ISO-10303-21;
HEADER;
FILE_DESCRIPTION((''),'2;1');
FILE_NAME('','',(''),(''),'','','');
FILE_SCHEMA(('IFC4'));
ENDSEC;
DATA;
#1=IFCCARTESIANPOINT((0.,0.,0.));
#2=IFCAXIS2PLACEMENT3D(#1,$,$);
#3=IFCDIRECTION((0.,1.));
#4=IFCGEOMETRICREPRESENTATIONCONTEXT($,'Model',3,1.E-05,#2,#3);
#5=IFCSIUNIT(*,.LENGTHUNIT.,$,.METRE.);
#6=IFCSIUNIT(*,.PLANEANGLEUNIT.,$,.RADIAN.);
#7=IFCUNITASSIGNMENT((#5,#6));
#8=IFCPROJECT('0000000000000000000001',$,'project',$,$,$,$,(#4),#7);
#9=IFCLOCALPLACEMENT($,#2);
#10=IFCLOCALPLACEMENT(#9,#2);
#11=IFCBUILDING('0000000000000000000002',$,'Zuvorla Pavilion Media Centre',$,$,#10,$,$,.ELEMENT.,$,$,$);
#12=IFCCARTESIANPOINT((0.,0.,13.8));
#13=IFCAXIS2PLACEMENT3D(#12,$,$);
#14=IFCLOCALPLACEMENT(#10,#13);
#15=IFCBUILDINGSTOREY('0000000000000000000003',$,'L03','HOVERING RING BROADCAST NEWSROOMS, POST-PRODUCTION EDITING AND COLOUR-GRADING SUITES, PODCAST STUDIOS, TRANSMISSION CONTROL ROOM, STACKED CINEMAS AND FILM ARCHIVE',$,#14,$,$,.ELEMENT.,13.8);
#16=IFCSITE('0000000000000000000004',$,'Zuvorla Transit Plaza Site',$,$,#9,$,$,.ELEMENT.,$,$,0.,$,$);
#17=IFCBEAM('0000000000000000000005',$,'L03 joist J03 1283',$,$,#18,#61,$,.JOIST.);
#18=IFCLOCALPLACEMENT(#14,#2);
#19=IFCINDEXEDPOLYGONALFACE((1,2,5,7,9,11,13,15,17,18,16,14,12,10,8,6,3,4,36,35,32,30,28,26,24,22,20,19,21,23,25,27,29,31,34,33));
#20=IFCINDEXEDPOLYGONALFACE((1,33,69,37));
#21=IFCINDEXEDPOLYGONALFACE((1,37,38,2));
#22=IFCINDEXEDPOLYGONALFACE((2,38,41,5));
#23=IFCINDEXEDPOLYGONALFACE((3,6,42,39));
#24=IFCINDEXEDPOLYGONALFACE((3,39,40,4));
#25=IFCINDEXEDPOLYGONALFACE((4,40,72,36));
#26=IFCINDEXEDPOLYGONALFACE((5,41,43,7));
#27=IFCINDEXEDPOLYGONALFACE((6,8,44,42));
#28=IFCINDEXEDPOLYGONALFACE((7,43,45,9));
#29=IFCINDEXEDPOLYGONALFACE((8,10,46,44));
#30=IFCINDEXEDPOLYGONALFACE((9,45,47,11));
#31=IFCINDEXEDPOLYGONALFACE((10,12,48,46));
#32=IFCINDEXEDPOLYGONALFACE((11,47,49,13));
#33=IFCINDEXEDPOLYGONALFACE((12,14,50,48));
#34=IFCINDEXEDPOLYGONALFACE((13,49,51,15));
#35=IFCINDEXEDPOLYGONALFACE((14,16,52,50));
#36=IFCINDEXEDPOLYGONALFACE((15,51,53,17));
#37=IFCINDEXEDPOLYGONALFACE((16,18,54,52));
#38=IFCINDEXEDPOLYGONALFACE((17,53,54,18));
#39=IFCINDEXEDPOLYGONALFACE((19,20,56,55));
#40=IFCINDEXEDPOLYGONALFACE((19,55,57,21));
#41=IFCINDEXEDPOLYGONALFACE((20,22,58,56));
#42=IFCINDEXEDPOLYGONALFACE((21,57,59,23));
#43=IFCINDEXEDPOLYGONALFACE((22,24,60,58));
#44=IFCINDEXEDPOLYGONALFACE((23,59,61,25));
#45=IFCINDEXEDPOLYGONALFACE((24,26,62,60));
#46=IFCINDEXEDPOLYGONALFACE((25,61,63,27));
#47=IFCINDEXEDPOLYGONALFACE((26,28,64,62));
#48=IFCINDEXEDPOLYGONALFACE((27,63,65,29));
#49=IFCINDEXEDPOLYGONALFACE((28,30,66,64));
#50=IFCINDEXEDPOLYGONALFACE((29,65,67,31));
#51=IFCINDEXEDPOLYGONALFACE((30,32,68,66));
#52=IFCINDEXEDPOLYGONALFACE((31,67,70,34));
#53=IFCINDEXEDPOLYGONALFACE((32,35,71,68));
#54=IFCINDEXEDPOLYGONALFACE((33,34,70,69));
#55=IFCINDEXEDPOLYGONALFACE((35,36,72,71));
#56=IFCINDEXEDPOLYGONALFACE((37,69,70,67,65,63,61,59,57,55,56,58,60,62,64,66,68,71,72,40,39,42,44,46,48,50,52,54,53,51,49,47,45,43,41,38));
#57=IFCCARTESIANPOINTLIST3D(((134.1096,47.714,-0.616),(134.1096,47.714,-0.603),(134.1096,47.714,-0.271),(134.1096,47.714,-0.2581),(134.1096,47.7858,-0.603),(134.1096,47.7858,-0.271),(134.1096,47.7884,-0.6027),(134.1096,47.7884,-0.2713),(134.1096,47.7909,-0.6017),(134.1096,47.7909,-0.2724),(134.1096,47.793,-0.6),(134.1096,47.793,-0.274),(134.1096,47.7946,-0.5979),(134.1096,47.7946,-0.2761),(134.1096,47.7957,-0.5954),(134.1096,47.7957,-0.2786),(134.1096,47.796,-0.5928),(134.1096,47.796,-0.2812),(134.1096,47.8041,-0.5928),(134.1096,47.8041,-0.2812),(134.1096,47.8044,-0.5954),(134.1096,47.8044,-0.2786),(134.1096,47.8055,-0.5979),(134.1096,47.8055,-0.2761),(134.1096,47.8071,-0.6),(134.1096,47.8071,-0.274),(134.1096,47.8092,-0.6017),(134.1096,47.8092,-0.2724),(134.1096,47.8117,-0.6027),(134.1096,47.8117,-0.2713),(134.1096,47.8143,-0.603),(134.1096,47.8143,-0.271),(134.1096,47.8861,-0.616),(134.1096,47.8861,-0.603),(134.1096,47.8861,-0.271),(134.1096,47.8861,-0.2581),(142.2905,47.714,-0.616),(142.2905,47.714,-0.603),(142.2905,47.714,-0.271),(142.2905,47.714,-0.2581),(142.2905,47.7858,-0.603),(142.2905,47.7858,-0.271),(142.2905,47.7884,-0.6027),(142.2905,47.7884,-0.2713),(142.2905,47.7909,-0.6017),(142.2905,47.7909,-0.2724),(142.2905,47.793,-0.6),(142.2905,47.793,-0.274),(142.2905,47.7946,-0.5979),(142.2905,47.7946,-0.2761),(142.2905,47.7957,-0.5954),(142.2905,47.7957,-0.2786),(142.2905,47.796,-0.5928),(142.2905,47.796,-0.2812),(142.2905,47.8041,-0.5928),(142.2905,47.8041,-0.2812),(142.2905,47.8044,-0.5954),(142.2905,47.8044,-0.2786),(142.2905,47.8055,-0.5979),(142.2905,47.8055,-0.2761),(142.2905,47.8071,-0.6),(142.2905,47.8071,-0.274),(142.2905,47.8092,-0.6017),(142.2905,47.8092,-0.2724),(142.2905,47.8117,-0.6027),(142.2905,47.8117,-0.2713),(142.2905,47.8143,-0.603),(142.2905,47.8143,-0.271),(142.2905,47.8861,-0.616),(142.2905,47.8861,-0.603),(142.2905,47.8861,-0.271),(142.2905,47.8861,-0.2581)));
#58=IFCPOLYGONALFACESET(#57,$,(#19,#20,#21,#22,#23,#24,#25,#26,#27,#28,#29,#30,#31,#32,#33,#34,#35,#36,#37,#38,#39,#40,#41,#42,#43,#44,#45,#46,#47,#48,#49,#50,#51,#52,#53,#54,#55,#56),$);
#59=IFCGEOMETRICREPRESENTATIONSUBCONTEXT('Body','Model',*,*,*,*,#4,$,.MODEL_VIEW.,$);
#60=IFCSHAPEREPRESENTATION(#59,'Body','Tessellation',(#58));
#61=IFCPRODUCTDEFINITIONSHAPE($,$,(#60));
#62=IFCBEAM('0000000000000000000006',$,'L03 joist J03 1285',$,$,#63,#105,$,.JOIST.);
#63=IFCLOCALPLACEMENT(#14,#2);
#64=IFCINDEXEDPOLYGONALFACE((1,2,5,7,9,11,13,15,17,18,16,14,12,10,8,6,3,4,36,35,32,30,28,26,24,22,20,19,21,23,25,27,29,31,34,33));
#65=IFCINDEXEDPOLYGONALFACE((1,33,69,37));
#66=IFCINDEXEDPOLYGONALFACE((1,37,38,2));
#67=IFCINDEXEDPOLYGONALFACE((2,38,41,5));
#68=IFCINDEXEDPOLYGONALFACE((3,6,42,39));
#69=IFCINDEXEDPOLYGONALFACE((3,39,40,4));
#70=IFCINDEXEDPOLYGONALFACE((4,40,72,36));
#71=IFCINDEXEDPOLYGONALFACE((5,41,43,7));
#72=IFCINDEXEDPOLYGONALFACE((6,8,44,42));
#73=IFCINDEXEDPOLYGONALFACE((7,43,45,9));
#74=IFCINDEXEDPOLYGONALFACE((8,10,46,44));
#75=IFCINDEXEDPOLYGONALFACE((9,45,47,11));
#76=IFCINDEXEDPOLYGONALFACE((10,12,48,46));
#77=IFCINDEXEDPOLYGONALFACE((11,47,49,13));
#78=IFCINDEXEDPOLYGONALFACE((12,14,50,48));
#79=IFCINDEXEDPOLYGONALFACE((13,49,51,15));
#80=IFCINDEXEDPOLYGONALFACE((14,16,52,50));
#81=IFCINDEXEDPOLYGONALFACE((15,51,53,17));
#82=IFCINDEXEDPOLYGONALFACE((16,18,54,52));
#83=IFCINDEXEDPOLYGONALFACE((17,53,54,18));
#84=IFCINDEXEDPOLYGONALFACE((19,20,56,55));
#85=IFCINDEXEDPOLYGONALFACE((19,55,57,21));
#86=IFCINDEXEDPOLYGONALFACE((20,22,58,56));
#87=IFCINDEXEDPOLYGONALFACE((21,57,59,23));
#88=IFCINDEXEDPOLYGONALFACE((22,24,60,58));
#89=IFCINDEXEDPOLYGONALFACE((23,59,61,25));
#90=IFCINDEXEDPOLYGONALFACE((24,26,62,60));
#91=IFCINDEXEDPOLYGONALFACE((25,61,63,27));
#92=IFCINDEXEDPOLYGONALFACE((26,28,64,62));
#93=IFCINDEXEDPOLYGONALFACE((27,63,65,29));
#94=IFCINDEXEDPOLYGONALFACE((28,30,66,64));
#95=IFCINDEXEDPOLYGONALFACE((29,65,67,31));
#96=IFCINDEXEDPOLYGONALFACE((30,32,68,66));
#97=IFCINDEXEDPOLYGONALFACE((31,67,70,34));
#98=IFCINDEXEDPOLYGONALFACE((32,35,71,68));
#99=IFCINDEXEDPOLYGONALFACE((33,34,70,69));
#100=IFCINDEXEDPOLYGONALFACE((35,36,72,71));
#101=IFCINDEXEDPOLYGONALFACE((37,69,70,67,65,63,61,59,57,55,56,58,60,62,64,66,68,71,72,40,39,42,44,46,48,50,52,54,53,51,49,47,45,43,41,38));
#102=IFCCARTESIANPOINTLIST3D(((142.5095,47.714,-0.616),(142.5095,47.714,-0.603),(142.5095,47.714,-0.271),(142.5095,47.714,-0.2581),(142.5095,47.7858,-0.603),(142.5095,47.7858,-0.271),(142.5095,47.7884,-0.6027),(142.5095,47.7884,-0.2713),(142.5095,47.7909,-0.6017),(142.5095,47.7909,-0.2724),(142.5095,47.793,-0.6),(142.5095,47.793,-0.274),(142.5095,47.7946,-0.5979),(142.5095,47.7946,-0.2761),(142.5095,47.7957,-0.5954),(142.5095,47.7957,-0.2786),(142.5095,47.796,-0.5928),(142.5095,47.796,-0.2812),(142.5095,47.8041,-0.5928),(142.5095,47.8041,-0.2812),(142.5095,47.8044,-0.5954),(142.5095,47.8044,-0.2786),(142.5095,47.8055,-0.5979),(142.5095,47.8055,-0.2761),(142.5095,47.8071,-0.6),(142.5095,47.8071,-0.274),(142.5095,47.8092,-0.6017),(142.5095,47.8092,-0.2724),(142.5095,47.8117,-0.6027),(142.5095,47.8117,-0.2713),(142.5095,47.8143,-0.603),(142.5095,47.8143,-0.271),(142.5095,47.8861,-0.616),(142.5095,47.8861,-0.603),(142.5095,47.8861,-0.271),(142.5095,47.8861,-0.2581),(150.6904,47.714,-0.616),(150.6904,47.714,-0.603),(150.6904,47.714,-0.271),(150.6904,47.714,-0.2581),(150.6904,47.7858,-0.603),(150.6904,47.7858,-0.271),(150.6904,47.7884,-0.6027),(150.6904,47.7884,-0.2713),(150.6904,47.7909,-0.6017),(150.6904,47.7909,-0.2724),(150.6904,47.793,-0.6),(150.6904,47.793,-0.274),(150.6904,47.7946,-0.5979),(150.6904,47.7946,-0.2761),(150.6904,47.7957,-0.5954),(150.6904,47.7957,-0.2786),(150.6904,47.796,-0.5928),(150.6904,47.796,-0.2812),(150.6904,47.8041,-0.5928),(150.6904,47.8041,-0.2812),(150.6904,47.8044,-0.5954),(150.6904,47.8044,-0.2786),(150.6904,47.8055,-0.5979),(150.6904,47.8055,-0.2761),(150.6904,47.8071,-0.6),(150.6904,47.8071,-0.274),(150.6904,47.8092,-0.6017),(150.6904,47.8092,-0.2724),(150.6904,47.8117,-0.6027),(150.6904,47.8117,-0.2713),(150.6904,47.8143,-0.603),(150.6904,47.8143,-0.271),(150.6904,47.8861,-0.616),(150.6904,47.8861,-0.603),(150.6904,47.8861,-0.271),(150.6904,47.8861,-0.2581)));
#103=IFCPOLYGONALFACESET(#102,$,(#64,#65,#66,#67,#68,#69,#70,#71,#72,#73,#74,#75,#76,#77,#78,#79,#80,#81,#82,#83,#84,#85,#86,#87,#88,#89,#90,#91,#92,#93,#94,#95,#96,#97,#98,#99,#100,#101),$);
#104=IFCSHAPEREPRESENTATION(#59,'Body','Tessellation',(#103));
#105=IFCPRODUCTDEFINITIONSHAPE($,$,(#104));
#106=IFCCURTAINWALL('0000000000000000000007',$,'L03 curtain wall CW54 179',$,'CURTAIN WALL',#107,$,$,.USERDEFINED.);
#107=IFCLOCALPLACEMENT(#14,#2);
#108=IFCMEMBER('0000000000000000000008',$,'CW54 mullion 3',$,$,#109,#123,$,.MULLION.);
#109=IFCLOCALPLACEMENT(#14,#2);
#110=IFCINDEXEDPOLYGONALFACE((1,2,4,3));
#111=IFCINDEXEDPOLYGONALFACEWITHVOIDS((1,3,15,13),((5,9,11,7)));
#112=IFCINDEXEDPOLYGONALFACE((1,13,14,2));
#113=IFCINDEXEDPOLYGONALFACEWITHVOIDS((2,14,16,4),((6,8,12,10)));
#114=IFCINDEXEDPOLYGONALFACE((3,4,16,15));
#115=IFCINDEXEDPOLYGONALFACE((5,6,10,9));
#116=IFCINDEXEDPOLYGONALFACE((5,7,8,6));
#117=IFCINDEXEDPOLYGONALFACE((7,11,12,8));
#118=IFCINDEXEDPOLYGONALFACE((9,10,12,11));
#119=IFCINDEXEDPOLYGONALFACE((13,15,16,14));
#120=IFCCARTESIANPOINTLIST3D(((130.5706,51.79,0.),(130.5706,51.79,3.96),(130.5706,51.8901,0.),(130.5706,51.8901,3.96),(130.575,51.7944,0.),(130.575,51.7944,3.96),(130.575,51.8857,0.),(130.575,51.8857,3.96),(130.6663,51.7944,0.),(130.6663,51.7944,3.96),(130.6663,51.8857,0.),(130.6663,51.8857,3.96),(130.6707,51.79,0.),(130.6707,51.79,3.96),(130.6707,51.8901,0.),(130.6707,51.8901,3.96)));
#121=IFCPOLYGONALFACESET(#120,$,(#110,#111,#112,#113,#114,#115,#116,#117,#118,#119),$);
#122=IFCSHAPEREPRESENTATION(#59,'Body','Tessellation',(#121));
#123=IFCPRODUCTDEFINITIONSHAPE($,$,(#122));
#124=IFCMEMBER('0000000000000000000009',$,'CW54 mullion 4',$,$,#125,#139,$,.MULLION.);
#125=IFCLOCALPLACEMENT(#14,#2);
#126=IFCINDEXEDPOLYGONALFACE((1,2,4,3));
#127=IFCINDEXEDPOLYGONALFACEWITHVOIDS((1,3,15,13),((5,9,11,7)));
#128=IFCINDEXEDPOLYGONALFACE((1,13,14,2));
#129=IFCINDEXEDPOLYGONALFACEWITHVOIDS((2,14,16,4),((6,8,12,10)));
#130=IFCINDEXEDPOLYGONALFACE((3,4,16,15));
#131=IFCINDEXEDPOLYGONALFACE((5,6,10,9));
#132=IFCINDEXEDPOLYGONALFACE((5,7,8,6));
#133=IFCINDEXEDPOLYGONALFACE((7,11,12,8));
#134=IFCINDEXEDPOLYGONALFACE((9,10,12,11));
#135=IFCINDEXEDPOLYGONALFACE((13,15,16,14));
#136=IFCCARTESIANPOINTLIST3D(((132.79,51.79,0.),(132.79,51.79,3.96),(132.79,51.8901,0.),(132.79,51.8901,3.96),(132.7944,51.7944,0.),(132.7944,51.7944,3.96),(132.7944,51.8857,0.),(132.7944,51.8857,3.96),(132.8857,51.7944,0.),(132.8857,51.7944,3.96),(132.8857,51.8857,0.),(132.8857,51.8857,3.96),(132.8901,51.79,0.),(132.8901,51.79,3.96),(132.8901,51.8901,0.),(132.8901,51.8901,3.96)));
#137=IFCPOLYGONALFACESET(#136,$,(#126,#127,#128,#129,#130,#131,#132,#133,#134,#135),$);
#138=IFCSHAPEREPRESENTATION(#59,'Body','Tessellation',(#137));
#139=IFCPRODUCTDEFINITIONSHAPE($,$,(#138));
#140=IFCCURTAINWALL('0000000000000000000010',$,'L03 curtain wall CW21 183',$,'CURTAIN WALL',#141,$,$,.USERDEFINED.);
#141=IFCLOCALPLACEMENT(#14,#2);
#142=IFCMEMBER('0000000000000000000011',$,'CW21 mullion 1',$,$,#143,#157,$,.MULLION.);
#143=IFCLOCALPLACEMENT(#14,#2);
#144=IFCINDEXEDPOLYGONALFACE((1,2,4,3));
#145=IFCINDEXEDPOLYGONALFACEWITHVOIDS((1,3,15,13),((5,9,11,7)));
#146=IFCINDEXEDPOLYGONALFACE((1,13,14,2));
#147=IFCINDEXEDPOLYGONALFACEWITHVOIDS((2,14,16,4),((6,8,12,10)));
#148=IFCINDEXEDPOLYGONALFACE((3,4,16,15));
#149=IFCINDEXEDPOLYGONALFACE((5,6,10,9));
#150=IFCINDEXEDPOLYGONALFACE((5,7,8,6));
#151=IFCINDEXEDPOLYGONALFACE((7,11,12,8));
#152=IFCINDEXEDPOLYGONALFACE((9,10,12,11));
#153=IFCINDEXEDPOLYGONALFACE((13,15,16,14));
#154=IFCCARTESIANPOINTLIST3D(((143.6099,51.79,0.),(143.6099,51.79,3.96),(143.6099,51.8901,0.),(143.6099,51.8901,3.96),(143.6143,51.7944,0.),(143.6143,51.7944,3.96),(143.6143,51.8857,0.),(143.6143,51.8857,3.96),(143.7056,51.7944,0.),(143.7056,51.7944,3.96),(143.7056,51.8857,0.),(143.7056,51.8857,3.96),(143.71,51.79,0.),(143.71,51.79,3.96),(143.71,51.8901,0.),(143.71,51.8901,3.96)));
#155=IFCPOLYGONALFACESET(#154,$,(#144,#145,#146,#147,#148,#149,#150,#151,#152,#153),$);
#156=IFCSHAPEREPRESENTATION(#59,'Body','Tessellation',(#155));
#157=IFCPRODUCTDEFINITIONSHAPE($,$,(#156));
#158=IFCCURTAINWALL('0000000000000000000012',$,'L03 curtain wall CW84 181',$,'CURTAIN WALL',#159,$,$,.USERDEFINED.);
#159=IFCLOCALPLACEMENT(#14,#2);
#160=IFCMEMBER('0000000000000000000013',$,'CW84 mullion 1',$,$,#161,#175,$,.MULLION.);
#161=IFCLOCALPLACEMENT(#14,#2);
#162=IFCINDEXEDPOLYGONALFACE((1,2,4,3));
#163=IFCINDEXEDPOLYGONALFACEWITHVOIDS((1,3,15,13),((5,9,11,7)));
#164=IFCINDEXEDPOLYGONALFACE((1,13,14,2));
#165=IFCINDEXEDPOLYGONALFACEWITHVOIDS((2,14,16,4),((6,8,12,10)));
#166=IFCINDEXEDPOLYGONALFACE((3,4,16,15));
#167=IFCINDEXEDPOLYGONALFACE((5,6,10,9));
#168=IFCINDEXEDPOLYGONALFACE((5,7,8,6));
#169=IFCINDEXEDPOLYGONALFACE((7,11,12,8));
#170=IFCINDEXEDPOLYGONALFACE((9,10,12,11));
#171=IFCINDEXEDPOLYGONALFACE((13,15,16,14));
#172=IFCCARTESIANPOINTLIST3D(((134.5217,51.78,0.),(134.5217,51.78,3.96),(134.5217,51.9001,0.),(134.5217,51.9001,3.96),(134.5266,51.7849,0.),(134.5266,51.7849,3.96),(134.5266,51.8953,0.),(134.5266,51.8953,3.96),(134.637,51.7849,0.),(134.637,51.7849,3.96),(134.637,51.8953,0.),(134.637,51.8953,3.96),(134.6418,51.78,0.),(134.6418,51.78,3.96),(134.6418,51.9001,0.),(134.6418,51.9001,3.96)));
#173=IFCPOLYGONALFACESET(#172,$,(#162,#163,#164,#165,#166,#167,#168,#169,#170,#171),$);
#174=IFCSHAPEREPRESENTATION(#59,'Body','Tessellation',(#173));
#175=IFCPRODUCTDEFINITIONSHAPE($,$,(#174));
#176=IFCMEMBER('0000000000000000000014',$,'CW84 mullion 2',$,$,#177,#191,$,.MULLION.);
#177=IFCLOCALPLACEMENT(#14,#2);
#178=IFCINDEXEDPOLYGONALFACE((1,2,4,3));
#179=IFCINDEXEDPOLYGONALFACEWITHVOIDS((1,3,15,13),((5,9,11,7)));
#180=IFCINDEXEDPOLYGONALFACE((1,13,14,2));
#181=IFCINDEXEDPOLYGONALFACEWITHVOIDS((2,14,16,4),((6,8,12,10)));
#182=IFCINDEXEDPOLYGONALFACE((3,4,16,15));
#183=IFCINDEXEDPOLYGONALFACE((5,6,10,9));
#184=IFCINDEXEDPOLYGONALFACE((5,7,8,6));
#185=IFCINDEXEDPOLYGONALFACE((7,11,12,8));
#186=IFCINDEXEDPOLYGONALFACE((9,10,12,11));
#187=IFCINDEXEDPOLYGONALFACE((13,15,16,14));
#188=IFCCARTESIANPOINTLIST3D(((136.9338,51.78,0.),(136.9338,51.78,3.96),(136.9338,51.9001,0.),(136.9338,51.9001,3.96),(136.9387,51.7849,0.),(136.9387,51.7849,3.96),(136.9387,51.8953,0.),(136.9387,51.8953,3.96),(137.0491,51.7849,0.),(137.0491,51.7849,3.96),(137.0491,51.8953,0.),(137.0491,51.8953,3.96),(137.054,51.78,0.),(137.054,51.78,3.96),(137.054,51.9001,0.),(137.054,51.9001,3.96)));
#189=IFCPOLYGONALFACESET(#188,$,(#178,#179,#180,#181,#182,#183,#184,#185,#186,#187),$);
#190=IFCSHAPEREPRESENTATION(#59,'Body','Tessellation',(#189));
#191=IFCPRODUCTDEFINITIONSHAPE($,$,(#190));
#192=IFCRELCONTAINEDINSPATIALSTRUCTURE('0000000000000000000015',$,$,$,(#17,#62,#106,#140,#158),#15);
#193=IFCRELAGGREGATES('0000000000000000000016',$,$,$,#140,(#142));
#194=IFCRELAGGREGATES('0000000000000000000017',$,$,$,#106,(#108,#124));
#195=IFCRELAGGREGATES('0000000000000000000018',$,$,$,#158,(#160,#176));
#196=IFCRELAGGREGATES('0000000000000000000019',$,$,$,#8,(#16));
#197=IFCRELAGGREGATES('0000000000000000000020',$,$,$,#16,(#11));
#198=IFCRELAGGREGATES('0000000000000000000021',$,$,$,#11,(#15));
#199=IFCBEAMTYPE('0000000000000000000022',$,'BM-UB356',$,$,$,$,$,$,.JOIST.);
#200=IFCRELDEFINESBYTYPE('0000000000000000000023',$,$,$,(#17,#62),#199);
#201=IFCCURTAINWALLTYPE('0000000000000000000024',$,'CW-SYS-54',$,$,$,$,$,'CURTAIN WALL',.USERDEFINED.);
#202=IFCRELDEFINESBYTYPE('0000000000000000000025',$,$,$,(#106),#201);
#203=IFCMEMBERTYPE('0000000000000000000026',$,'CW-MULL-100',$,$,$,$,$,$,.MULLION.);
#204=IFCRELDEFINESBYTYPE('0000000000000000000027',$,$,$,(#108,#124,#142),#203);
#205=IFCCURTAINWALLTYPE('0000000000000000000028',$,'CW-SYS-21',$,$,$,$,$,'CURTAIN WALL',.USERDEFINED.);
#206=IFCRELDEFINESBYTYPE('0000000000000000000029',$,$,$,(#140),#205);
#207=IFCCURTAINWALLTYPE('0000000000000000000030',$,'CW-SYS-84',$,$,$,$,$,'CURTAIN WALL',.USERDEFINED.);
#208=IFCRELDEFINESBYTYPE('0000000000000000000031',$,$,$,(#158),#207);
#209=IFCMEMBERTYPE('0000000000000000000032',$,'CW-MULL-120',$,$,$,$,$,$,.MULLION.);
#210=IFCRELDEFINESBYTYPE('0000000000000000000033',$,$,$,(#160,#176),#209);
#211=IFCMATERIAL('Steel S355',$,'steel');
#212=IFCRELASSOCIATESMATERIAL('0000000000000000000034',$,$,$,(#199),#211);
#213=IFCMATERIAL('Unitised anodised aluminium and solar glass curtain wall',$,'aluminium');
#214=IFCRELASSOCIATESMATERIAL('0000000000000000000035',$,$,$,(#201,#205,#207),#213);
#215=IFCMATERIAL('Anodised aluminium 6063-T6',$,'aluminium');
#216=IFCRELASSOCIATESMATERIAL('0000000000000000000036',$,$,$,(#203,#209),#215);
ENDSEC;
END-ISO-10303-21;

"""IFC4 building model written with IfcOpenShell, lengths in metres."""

from ifc_helpers import new_model, si_unit, direction, frame, origin, origin_2d, place, context, subcontext, project, spatial, hollow_rectangle, i_section, extrude, material, material_profile, profile_set, type_object, element, aggregate, save


model = new_model("IFC4")

# Units and contexts
model_context = context("Model", 3, precision=1e-05, world=origin(), true_north=direction((0.0, 1.0)))
body_context = subcontext(model_context, "Body", "Model", "MODEL_VIEW")
ifc_project = project(units=[si_unit("LENGTHUNIT", "METRE"), si_unit("PLANEANGLEUNIT", "RADIAN")], contexts=[model_context])

# Site, building, storey
site_placement = place(None, origin())
site = spatial("IfcSite", under=ifc_project, at=site_placement, Name="Zuvorla Transit Plaza Site", CompositionType="ELEMENT", RefElevation=0.0)
building_placement = place(site_placement, origin())
building = spatial("IfcBuilding", under=site, at=building_placement, Name="Zuvorla Pavilion Media Centre", CompositionType="ELEMENT")
storey_placement = place(building_placement, frame((0.0, 0.0, 13.8)))
storey = spatial("IfcBuildingStorey", under=building, at=storey_placement, Name="L03", Description="HOVERING RING BROADCAST NEWSROOMS, POST-PRODUCTION EDITING AND COLOUR-GRADING SUITES, PODCAST STUDIOS, TRANSMISSION CONTROL ROOM, STACKED CINEMAS AND FILM ARCHIVE", CompositionType="ELEMENT", Elevation=13.8)

# Shared definitions
ifc_material_1 = material(Name="Steel S355", Category="steel")

# Beams
ifc_material_profile_1 = material_profile(ifc_material_1, i_section(OverallWidth=0.1721, OverallDepth=0.3579, WebThickness=0.0081, FlangeThickness=0.0129, FilletRadius=0.0103, at=origin_2d()), Name="UB 356x171x57")
ifc_profile_set_1 = profile_set([ifc_material_profile_1], Name="Steel S355")
beam_type_1 = type_object("IfcBeamType", Name="BM-UB356", PredefinedType="JOIST", material=ifc_profile_set_1)
for number, where, z_axis, x_axis, name in (
    (1, (134.1096, 47.8, -0.437), (1.0, 0.0, 0.0), (0.0, 1.0, 0.0), "L03 joist J03 1283"),
    (2, (142.5095, 47.8, -0.437), (1.0, 0.0, 0.0), (0.0, 1.0, 0.0), "L03 joist J03 1285"),
):
    element("IfcBeam", number, at=place(storey_placement, frame(where, z_axis=z_axis, x_axis=x_axis)), inside=storey, type_object=beam_type_1, Name=name, PredefinedType="JOIST", context=body_context, shape_type="SweptSolid", body=[
        extrude(i_section(OverallWidth=0.1721, OverallDepth=0.3579, WebThickness=0.0081, FlangeThickness=0.0129, FilletRadius=0.0103, at=origin_2d()), origin(), (0.0, 0.0, 1.0), 8.1809),
    ])

# Curtain wall, members
ifc_material_2 = material(Name="Unitised anodised aluminium and solar glass curtain wall", Category="aluminium")
curtain_wall_type_1 = type_object("IfcCurtainWallType", Name="CW-SYS-54", ElementType="CURTAIN WALL", PredefinedType="USERDEFINED", material=ifc_material_2)
curtain_wall_1_placement = place(storey_placement, origin())
curtain_wall_1 = element("IfcCurtainWall", 3, at=curtain_wall_1_placement, inside=storey, type_object=curtain_wall_type_1, Name="L03 curtain wall CW54 179", ObjectType="CURTAIN WALL", PredefinedType="USERDEFINED")
ifc_material_3 = material(Name="Anodised aluminium 6063-T6", Category="aluminium")
ifc_material_profile_2 = material_profile(ifc_material_3, hollow_rectangle(XDim=0.1001, YDim=0.1001, WallThickness=0.0044, at=origin_2d()), Name="ALU MULL 100x100")
ifc_profile_set_2 = profile_set([ifc_material_profile_2], Name="Anodised aluminium 6063-T6")
member_type_1 = type_object("IfcMemberType", Name="CW-MULL-100", PredefinedType="MULLION", material=ifc_profile_set_2)
member_1_placement = place(storey_placement, frame((130.6206, 51.8401, 0.0), z_axis=(0.0, 0.0, 1.0), x_axis=(1.0, 0.0, 0.0)))
member_1 = element("IfcMember", 4, at=member_1_placement, type_object=member_type_1, Name="CW54 mullion 3", PredefinedType="MULLION", context=body_context, shape_type="SweptSolid", body=[
    extrude(hollow_rectangle(XDim=0.1001, YDim=0.1001, WallThickness=0.0044, at=origin_2d()), origin(), (0.0, 0.0, 1.0), 3.96),
])
member_2_placement = place(storey_placement, frame((132.8401, 51.8401, 0.0), z_axis=(0.0, 0.0, 1.0), x_axis=(1.0, 0.0, 0.0)))
member_2 = element("IfcMember", 5, at=member_2_placement, type_object=member_type_1, Name="CW54 mullion 4", PredefinedType="MULLION", context=body_context, shape_type="SweptSolid", body=[
    extrude(hollow_rectangle(XDim=0.1001, YDim=0.1001, WallThickness=0.0044, at=origin_2d()), origin(), (0.0, 0.0, 1.0), 3.96),
])

# Curtain wall, member
curtain_wall_type_2 = type_object("IfcCurtainWallType", Name="CW-SYS-21", ElementType="CURTAIN WALL", PredefinedType="USERDEFINED", material=ifc_material_2)
curtain_wall_2_placement = place(storey_placement, origin())
curtain_wall_2 = element("IfcCurtainWall", 6, at=curtain_wall_2_placement, inside=storey, type_object=curtain_wall_type_2, Name="L03 curtain wall CW21 183", ObjectType="CURTAIN WALL", PredefinedType="USERDEFINED")
member_3_placement = place(storey_placement, frame((143.6599, 51.8401, 0.0), z_axis=(0.0, 0.0, 1.0), x_axis=(1.0, 0.0, 0.0)))
member_3 = element("IfcMember", 7, at=member_3_placement, type_object=member_type_1, Name="CW21 mullion 1", PredefinedType="MULLION", context=body_context, shape_type="SweptSolid", body=[
    extrude(hollow_rectangle(XDim=0.1001, YDim=0.1001, WallThickness=0.0044, at=origin_2d()), origin(), (0.0, 0.0, 1.0), 3.96),
])

# Curtain wall, members
curtain_wall_type_3 = type_object("IfcCurtainWallType", Name="CW-SYS-84", ElementType="CURTAIN WALL", PredefinedType="USERDEFINED", material=ifc_material_2)
curtain_wall_3_placement = place(storey_placement, origin())
curtain_wall_3 = element("IfcCurtainWall", 8, at=curtain_wall_3_placement, inside=storey, type_object=curtain_wall_type_3, Name="L03 curtain wall CW84 181", ObjectType="CURTAIN WALL", PredefinedType="USERDEFINED")
ifc_material_profile_3 = material_profile(ifc_material_3, hollow_rectangle(XDim=0.1201, YDim=0.1201, WallThickness=0.0049, at=origin_2d()), Name="ALU MULL 120x120")
ifc_profile_set_3 = profile_set([ifc_material_profile_3], Name="Anodised aluminium 6063-T6")
member_type_2 = type_object("IfcMemberType", Name="CW-MULL-120", PredefinedType="MULLION", material=ifc_profile_set_3)
member_4_placement = place(storey_placement, frame((134.5818, 51.8401, 0.0), z_axis=(0.0, 0.0, 1.0), x_axis=(1.0, 0.0, 0.0)))
member_4 = element("IfcMember", 9, at=member_4_placement, type_object=member_type_2, Name="CW84 mullion 1", PredefinedType="MULLION", context=body_context, shape_type="SweptSolid", body=[
    extrude(hollow_rectangle(XDim=0.1201, YDim=0.1201, WallThickness=0.0049, at=origin_2d()), origin(), (0.0, 0.0, 1.0), 3.96),
])
member_5_placement = place(storey_placement, frame((136.9939, 51.8401, 0.0), z_axis=(0.0, 0.0, 1.0), x_axis=(1.0, 0.0, 0.0)))
member_5 = element("IfcMember", 10, at=member_5_placement, type_object=member_type_2, Name="CW84 mullion 2", PredefinedType="MULLION", context=body_context, shape_type="SweptSolid", body=[
    extrude(hollow_rectangle(XDim=0.1201, YDim=0.1201, WallThickness=0.0049, at=origin_2d()), origin(), (0.0, 0.0, 1.0), 3.96),
])

aggregate(curtain_wall_2, [member_3])

aggregate(curtain_wall_1, [member_1, member_2])
aggregate(curtain_wall_3, [member_4, member_5])

save(model, "model.ifc")
